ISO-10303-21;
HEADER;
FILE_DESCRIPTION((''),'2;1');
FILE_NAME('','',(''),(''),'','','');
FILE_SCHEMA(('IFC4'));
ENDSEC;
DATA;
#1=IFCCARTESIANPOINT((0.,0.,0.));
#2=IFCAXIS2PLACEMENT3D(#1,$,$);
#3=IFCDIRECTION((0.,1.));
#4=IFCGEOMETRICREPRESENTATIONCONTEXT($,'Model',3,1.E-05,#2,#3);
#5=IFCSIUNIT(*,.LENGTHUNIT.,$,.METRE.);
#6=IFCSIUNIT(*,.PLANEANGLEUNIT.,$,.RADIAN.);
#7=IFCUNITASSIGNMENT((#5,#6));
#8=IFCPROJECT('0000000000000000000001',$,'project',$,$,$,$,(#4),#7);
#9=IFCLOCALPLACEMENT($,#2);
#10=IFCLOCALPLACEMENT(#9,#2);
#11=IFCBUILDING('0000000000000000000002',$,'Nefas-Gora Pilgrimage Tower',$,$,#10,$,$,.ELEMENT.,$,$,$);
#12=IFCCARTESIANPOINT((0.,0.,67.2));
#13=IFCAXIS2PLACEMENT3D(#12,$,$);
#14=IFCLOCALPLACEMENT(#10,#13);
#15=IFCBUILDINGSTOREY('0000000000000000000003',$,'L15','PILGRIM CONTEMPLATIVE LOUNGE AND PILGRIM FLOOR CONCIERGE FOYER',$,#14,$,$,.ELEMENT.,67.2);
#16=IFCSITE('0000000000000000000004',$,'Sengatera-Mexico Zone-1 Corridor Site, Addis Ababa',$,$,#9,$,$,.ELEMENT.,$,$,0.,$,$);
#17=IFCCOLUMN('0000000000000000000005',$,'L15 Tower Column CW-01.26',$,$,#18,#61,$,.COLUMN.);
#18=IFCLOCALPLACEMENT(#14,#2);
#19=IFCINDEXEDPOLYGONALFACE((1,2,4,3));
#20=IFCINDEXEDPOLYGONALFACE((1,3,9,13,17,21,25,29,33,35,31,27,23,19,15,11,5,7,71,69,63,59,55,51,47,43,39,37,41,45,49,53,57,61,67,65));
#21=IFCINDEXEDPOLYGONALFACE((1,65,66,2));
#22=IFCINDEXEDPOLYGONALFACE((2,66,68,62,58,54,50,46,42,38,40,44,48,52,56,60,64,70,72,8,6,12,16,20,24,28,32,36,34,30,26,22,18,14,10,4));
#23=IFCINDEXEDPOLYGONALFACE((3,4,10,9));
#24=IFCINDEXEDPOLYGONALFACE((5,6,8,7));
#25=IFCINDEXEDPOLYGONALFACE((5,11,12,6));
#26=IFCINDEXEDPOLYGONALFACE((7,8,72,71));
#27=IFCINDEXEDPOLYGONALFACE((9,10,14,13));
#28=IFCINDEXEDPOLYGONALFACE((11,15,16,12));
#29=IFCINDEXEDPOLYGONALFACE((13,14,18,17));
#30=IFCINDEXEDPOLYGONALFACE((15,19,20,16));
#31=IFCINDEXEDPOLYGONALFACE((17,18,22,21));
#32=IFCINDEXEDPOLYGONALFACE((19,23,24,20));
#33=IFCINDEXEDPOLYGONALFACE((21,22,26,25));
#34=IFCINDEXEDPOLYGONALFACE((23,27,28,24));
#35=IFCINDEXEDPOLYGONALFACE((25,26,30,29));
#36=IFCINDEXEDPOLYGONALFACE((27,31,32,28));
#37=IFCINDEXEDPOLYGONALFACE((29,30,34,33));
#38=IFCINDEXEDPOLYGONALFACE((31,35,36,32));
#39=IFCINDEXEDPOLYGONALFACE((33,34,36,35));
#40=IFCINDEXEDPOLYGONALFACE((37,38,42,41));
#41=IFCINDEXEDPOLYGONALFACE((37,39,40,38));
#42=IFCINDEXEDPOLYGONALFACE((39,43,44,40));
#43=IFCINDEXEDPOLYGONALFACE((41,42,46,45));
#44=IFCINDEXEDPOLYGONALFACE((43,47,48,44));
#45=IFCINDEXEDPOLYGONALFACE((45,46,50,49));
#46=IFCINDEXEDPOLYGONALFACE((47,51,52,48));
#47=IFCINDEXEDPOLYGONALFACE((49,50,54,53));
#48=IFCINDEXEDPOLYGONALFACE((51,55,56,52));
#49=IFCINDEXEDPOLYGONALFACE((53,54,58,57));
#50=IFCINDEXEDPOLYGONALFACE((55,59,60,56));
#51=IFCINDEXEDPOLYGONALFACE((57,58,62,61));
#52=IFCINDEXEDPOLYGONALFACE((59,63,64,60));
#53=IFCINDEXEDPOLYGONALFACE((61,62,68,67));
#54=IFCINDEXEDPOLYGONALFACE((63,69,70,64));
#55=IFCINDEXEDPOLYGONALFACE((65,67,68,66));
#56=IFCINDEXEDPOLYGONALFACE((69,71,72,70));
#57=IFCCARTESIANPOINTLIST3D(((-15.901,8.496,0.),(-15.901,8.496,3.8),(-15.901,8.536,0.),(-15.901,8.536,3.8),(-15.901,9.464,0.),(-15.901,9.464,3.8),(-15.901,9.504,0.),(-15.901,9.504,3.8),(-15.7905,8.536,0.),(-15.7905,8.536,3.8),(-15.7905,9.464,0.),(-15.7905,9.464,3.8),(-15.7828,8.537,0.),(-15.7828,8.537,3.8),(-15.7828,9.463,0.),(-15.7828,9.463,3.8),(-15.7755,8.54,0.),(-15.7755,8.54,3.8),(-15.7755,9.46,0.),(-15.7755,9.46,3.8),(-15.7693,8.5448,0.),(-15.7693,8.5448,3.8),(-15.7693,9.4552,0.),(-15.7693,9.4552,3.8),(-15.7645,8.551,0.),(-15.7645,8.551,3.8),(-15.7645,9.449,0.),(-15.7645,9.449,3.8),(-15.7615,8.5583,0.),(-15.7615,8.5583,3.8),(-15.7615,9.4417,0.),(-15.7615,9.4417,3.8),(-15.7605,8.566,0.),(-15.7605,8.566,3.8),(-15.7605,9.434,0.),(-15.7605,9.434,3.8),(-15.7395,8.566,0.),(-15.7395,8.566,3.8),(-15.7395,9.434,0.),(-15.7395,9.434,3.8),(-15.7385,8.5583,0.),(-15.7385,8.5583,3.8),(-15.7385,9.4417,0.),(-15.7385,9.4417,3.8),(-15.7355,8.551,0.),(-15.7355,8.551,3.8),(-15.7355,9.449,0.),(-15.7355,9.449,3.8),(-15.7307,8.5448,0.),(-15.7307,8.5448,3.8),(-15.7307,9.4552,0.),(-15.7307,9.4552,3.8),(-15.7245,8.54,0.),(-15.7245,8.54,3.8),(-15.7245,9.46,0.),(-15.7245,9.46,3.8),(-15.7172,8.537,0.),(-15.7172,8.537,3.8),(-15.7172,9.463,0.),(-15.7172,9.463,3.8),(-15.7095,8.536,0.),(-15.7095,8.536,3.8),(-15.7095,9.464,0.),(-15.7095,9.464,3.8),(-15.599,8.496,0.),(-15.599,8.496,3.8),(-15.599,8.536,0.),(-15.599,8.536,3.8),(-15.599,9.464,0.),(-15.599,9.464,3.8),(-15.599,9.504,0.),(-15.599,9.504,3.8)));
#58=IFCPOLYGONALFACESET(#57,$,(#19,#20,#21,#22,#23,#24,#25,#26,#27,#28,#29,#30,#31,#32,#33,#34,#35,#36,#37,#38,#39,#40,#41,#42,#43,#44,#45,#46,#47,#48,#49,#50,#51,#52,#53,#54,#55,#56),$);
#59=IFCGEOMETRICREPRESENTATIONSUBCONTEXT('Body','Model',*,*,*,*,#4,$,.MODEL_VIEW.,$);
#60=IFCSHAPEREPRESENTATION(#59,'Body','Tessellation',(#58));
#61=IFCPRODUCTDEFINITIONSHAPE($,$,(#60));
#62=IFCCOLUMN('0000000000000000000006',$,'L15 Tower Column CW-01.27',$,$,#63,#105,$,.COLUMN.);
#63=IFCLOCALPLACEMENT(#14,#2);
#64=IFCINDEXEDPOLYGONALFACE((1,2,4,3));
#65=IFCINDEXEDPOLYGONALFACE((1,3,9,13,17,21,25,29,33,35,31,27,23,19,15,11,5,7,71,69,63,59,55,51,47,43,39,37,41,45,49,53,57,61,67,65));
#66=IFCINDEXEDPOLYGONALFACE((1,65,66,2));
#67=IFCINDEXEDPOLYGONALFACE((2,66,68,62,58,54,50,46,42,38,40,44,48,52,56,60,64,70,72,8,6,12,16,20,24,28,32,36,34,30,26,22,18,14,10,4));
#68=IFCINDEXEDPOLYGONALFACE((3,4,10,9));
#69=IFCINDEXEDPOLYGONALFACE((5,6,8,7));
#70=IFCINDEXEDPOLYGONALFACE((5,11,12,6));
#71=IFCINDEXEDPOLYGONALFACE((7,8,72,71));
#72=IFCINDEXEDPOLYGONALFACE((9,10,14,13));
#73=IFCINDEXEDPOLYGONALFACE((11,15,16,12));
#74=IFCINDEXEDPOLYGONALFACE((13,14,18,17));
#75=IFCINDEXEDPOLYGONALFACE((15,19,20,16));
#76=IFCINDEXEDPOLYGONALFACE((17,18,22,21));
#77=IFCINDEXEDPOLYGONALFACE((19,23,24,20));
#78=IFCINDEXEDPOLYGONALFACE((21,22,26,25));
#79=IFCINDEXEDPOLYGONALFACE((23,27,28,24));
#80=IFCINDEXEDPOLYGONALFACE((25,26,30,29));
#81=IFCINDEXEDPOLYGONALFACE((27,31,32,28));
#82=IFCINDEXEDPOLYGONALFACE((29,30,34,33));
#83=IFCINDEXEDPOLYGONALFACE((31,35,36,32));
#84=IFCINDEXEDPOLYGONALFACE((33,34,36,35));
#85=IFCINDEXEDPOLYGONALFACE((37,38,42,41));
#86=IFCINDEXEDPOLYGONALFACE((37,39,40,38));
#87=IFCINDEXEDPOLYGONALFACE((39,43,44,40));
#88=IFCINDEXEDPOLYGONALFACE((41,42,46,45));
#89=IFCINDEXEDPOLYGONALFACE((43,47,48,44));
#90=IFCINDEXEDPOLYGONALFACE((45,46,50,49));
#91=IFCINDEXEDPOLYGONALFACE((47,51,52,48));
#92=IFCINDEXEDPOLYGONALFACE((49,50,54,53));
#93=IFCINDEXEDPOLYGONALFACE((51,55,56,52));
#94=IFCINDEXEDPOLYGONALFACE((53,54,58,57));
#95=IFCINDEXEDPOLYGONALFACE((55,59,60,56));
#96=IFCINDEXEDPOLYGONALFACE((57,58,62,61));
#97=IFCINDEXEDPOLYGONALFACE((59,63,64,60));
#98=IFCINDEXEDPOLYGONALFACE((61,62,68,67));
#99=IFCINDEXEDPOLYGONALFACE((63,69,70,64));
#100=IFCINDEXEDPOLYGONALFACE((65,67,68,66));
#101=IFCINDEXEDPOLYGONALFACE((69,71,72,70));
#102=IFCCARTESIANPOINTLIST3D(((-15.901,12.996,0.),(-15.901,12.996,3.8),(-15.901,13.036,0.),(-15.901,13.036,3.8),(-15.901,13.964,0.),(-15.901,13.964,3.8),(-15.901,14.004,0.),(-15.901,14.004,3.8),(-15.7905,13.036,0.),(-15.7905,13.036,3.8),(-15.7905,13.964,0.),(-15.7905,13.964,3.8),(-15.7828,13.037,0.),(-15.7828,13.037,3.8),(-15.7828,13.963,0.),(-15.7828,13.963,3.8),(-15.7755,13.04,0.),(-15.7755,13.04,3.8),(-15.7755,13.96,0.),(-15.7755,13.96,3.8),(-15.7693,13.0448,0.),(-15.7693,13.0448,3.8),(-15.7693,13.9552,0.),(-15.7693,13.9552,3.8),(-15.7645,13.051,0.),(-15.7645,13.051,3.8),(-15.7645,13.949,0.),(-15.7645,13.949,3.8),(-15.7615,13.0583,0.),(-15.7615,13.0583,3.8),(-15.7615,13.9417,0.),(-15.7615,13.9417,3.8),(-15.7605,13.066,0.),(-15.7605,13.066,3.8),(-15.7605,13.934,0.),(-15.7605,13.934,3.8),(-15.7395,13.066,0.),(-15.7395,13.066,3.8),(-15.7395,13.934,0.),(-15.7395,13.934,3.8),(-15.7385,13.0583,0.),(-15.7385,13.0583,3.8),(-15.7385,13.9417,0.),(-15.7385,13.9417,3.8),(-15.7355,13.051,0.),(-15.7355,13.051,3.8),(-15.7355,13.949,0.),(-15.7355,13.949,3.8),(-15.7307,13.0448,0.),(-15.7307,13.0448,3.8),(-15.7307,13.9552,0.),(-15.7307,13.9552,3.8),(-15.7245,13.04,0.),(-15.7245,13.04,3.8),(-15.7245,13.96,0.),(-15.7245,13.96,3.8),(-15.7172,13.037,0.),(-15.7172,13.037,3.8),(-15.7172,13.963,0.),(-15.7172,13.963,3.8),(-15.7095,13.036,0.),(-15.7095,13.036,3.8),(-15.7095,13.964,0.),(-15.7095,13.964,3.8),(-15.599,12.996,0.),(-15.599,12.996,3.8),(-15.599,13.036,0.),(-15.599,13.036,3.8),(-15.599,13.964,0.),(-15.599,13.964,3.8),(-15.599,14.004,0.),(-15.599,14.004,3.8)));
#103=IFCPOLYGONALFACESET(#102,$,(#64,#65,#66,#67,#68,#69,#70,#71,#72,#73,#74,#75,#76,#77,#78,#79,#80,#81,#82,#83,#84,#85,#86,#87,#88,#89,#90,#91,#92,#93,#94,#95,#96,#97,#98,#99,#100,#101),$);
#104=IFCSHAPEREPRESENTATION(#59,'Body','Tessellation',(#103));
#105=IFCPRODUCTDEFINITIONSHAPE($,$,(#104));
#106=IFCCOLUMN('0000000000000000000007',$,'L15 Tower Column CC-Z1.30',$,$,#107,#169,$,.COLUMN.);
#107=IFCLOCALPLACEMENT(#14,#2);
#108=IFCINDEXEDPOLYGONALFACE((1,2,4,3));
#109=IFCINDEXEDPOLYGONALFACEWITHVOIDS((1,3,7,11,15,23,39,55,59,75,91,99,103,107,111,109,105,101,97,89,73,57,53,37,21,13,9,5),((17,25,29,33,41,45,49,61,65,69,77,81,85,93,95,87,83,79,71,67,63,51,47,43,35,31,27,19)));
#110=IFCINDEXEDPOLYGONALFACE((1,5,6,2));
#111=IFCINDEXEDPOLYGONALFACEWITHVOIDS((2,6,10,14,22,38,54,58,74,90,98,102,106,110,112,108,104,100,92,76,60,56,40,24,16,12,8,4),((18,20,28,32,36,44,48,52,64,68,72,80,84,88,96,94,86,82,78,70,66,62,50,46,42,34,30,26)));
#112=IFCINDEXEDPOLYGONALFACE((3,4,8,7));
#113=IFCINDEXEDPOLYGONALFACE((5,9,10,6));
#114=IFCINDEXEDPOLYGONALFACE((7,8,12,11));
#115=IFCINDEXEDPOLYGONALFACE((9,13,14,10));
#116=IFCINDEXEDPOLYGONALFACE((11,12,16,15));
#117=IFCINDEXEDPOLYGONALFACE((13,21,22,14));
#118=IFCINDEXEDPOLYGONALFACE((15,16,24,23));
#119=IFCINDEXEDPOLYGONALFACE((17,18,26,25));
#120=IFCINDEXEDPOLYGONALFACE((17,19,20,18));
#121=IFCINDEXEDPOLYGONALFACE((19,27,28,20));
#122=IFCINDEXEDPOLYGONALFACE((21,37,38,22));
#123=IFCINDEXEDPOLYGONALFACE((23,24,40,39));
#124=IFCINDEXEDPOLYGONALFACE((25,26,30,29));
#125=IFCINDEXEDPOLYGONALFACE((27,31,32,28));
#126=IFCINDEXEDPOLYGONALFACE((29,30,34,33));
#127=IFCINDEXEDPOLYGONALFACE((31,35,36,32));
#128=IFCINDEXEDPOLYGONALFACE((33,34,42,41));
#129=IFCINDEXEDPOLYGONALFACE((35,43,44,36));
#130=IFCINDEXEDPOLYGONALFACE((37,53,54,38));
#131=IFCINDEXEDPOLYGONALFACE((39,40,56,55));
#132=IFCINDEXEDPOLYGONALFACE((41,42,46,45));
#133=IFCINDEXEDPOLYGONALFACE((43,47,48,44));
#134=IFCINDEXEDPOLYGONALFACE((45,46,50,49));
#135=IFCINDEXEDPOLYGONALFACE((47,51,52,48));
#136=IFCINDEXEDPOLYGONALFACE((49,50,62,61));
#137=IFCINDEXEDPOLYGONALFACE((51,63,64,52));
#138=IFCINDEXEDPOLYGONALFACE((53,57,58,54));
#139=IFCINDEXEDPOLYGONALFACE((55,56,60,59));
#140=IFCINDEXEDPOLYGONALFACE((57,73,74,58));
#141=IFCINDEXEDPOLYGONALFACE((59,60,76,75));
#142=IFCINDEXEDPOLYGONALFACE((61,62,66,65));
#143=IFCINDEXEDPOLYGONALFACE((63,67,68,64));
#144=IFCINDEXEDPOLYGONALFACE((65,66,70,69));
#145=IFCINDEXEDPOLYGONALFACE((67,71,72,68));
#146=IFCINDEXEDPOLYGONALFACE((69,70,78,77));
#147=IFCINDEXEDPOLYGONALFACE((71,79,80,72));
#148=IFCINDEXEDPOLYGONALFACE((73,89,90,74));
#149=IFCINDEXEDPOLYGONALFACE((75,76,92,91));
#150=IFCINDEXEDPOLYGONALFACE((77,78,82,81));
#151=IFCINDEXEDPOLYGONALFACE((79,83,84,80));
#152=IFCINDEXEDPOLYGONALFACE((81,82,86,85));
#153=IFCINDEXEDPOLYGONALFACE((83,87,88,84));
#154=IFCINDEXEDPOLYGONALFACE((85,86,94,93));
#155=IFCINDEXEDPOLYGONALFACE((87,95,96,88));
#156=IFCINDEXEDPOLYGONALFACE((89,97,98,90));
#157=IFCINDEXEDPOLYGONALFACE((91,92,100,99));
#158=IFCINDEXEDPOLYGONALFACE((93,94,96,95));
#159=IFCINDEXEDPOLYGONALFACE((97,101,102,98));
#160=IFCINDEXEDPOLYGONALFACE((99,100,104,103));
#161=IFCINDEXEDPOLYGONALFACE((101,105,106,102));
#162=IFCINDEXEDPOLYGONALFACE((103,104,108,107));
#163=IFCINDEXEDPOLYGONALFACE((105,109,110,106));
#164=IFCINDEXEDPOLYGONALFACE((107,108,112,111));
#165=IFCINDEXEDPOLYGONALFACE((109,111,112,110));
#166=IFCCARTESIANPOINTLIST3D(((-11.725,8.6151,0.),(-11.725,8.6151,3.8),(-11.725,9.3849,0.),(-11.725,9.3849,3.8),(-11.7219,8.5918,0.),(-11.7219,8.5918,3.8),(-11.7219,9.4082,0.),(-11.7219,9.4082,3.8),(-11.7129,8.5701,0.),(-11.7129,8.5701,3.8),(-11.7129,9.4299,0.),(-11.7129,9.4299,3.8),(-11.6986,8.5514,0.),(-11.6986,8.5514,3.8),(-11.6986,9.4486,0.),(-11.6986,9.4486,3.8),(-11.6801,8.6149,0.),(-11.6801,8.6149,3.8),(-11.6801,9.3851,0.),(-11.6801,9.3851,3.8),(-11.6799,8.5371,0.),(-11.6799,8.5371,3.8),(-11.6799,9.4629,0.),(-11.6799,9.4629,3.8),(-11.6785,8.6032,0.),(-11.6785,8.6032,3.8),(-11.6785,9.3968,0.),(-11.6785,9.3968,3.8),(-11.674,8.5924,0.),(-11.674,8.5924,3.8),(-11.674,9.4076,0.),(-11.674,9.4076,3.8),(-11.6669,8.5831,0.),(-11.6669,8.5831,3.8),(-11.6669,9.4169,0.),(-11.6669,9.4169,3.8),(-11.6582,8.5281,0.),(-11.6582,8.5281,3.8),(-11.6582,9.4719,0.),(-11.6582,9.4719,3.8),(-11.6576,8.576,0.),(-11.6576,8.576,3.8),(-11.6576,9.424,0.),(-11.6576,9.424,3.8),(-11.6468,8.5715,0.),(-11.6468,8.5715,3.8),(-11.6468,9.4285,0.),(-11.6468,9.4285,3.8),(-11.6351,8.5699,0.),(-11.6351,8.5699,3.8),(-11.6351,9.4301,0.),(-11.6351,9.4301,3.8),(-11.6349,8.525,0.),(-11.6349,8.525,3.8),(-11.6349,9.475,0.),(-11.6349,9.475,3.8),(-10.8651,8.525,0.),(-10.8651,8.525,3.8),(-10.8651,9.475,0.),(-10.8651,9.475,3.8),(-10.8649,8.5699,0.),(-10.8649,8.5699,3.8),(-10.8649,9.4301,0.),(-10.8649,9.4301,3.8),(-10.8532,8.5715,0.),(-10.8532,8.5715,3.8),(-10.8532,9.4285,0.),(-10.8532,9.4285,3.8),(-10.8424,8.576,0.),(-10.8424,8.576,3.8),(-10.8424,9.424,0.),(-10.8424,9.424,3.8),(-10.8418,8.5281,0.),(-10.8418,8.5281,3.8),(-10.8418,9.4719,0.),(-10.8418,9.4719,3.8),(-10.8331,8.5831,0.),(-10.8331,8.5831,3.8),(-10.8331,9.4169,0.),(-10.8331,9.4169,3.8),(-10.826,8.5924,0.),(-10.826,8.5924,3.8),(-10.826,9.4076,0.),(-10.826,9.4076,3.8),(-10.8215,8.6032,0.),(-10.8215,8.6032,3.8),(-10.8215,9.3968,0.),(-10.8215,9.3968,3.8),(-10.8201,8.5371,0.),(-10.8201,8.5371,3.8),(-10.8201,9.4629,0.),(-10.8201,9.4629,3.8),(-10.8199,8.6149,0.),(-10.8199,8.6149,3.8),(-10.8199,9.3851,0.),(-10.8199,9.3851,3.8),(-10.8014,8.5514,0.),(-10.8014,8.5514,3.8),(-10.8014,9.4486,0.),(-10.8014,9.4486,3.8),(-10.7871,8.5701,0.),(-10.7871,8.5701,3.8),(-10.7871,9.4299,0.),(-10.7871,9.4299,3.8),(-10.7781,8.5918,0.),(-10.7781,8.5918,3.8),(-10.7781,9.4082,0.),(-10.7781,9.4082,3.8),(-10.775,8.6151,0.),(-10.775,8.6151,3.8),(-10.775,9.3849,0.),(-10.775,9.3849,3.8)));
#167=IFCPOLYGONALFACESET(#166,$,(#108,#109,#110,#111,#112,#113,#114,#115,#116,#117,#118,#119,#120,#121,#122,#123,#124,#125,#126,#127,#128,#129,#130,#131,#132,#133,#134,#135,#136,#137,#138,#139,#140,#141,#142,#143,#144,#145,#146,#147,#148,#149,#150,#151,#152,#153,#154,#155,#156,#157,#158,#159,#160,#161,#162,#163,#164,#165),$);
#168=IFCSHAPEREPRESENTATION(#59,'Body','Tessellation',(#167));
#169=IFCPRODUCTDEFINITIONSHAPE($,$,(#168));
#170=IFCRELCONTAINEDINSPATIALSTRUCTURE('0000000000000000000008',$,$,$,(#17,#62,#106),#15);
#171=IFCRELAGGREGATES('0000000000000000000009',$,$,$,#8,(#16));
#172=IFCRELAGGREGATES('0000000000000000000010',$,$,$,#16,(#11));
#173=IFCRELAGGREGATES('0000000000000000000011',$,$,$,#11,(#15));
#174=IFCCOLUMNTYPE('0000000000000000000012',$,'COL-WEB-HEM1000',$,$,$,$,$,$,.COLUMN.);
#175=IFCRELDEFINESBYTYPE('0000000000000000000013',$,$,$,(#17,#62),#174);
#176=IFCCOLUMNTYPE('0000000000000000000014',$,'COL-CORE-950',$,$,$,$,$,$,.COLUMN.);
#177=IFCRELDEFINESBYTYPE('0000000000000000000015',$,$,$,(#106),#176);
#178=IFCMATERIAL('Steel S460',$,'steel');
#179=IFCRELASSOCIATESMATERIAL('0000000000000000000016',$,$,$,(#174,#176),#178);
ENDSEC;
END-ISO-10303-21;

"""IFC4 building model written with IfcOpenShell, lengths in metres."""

from ifc_helpers import new_model, si_unit, direction, frame, origin, origin_2d, place, context, subcontext, project, spatial, hollow_rectangle, i_section, extrude, source, transform, mapped, material, material_profile, profile_set, type_object, element, save


model = new_model("IFC4")

# Units and contexts
model_context = context("Model", 3, precision=1e-05, world=origin(), true_north=direction((0.0, 1.0)))
body_context = subcontext(model_context, "Body", "Model", "MODEL_VIEW")
ifc_project = project(units=[si_unit("LENGTHUNIT", "METRE"), si_unit("PLANEANGLEUNIT", "RADIAN")], contexts=[model_context])

# Site, building, storey
site_placement = place(None, origin())
site = spatial("IfcSite", under=ifc_project, at=site_placement, Name="Sengatera-Mexico Zone-1 Corridor Site, Addis Ababa", CompositionType="ELEMENT", RefElevation=0.0)
building_placement = place(site_placement, origin())
building = spatial("IfcBuilding", under=site, at=building_placement, Name="Nefas-Gora Pilgrimage Tower", CompositionType="ELEMENT")
storey_placement = place(building_placement, frame((0.0, 0.0, 67.2)))
storey = spatial("IfcBuildingStorey", under=building, at=storey_placement, Name="L15", Description="PILGRIM CONTEMPLATIVE LOUNGE AND PILGRIM FLOOR CONCIERGE FOYER", CompositionType="ELEMENT", Elevation=67.2)

# Columns
ifc_material_1 = material(Name="Steel S460", Category="steel")
ifc_material_profile_1 = material_profile(ifc_material_1, i_section(OverallWidth=0.302, OverallDepth=1.0081, WebThickness=0.021, FlangeThickness=0.04, FilletRadius=0.03, at=origin_2d()), Name="HEM 1000")
ifc_profile_set_1 = profile_set([ifc_material_profile_1], Name="Steel S460")
column_type_1 = type_object("IfcColumnType", Name="COL-WEB-HEM1000", PredefinedType="COLUMN", material=ifc_profile_set_1)
shared_shape_1 = source(origin(), body_context, "Body", "SweptSolid", [
    extrude(i_section(OverallWidth=0.302, OverallDepth=1.0081, WebThickness=0.021, FlangeThickness=0.04, FilletRadius=0.03, at=origin_2d()), origin(), (0.0, 0.0, 1.0), 3.8),
])
for number, where, z_axis, x_axis, name in (
    (1, (-15.75, 9.0, 0.0), (0.0, 0.0, 1.0), (1.0, 0.0, 0.0), "L15 Tower Column CW-01.26"),
    (2, (-15.75, 13.5, 0.0), (0.0, 0.0, 1.0), (1.0, 0.0, 0.0), "L15 Tower Column CW-01.27"),
):
    element("IfcColumn", number, at=place(storey_placement, frame(where, z_axis=z_axis, x_axis=x_axis)), inside=storey, type_object=column_type_1, Name=name, PredefinedType="COLUMN", context=body_context, shape_type="MappedRepresentation", body=[
        mapped(shared_shape_1, transform((0.0, 0.0, 0.0), x_axis=(1.0, 0.0, 0.0), y_axis=(0.0, 1.0, 0.0), z_axis=(0.0, 0.0, 1.0), scale=1.0)),
    ])
ifc_material_profile_2 = material_profile(ifc_material_1, hollow_rectangle(XDim=0.95, YDim=0.95, WallThickness=0.0449, InnerFilletRadius=0.0449, OuterFilletRadius=0.0901, at=origin_2d()), Name="BOX 950x950x45")
ifc_profile_set_2 = profile_set([ifc_material_profile_2], Name="Steel S460")
column_type_2 = type_object("IfcColumnType", Name="COL-CORE-950", PredefinedType="COLUMN", material=ifc_profile_set_2)
shared_shape_2 = source(origin(), body_context, "Body", "SweptSolid", [
    extrude(hollow_rectangle(XDim=0.95, YDim=0.95, WallThickness=0.0449, InnerFilletRadius=0.0449, OuterFilletRadius=0.0901, at=origin_2d()), origin(), (0.0, 0.0, 1.0), 3.8),
])
column_placement = place(storey_placement, frame((-11.25, 9.0, 0.0), z_axis=(0.0, 0.0, 1.0), x_axis=(1.0, 0.0, 0.0)))
element("IfcColumn", 3, at=column_placement, inside=storey, type_object=column_type_2, Name="L15 Tower Column CC-Z1.30", PredefinedType="COLUMN", context=body_context, shape_type="MappedRepresentation", body=[
    mapped(shared_shape_2, transform((0.0, 0.0, 0.0), x_axis=(1.0, 0.0, 0.0), y_axis=(0.0, 1.0, 0.0), z_axis=(0.0, 0.0, 1.0), scale=1.0)),
])

save(model, "model.ifc")
